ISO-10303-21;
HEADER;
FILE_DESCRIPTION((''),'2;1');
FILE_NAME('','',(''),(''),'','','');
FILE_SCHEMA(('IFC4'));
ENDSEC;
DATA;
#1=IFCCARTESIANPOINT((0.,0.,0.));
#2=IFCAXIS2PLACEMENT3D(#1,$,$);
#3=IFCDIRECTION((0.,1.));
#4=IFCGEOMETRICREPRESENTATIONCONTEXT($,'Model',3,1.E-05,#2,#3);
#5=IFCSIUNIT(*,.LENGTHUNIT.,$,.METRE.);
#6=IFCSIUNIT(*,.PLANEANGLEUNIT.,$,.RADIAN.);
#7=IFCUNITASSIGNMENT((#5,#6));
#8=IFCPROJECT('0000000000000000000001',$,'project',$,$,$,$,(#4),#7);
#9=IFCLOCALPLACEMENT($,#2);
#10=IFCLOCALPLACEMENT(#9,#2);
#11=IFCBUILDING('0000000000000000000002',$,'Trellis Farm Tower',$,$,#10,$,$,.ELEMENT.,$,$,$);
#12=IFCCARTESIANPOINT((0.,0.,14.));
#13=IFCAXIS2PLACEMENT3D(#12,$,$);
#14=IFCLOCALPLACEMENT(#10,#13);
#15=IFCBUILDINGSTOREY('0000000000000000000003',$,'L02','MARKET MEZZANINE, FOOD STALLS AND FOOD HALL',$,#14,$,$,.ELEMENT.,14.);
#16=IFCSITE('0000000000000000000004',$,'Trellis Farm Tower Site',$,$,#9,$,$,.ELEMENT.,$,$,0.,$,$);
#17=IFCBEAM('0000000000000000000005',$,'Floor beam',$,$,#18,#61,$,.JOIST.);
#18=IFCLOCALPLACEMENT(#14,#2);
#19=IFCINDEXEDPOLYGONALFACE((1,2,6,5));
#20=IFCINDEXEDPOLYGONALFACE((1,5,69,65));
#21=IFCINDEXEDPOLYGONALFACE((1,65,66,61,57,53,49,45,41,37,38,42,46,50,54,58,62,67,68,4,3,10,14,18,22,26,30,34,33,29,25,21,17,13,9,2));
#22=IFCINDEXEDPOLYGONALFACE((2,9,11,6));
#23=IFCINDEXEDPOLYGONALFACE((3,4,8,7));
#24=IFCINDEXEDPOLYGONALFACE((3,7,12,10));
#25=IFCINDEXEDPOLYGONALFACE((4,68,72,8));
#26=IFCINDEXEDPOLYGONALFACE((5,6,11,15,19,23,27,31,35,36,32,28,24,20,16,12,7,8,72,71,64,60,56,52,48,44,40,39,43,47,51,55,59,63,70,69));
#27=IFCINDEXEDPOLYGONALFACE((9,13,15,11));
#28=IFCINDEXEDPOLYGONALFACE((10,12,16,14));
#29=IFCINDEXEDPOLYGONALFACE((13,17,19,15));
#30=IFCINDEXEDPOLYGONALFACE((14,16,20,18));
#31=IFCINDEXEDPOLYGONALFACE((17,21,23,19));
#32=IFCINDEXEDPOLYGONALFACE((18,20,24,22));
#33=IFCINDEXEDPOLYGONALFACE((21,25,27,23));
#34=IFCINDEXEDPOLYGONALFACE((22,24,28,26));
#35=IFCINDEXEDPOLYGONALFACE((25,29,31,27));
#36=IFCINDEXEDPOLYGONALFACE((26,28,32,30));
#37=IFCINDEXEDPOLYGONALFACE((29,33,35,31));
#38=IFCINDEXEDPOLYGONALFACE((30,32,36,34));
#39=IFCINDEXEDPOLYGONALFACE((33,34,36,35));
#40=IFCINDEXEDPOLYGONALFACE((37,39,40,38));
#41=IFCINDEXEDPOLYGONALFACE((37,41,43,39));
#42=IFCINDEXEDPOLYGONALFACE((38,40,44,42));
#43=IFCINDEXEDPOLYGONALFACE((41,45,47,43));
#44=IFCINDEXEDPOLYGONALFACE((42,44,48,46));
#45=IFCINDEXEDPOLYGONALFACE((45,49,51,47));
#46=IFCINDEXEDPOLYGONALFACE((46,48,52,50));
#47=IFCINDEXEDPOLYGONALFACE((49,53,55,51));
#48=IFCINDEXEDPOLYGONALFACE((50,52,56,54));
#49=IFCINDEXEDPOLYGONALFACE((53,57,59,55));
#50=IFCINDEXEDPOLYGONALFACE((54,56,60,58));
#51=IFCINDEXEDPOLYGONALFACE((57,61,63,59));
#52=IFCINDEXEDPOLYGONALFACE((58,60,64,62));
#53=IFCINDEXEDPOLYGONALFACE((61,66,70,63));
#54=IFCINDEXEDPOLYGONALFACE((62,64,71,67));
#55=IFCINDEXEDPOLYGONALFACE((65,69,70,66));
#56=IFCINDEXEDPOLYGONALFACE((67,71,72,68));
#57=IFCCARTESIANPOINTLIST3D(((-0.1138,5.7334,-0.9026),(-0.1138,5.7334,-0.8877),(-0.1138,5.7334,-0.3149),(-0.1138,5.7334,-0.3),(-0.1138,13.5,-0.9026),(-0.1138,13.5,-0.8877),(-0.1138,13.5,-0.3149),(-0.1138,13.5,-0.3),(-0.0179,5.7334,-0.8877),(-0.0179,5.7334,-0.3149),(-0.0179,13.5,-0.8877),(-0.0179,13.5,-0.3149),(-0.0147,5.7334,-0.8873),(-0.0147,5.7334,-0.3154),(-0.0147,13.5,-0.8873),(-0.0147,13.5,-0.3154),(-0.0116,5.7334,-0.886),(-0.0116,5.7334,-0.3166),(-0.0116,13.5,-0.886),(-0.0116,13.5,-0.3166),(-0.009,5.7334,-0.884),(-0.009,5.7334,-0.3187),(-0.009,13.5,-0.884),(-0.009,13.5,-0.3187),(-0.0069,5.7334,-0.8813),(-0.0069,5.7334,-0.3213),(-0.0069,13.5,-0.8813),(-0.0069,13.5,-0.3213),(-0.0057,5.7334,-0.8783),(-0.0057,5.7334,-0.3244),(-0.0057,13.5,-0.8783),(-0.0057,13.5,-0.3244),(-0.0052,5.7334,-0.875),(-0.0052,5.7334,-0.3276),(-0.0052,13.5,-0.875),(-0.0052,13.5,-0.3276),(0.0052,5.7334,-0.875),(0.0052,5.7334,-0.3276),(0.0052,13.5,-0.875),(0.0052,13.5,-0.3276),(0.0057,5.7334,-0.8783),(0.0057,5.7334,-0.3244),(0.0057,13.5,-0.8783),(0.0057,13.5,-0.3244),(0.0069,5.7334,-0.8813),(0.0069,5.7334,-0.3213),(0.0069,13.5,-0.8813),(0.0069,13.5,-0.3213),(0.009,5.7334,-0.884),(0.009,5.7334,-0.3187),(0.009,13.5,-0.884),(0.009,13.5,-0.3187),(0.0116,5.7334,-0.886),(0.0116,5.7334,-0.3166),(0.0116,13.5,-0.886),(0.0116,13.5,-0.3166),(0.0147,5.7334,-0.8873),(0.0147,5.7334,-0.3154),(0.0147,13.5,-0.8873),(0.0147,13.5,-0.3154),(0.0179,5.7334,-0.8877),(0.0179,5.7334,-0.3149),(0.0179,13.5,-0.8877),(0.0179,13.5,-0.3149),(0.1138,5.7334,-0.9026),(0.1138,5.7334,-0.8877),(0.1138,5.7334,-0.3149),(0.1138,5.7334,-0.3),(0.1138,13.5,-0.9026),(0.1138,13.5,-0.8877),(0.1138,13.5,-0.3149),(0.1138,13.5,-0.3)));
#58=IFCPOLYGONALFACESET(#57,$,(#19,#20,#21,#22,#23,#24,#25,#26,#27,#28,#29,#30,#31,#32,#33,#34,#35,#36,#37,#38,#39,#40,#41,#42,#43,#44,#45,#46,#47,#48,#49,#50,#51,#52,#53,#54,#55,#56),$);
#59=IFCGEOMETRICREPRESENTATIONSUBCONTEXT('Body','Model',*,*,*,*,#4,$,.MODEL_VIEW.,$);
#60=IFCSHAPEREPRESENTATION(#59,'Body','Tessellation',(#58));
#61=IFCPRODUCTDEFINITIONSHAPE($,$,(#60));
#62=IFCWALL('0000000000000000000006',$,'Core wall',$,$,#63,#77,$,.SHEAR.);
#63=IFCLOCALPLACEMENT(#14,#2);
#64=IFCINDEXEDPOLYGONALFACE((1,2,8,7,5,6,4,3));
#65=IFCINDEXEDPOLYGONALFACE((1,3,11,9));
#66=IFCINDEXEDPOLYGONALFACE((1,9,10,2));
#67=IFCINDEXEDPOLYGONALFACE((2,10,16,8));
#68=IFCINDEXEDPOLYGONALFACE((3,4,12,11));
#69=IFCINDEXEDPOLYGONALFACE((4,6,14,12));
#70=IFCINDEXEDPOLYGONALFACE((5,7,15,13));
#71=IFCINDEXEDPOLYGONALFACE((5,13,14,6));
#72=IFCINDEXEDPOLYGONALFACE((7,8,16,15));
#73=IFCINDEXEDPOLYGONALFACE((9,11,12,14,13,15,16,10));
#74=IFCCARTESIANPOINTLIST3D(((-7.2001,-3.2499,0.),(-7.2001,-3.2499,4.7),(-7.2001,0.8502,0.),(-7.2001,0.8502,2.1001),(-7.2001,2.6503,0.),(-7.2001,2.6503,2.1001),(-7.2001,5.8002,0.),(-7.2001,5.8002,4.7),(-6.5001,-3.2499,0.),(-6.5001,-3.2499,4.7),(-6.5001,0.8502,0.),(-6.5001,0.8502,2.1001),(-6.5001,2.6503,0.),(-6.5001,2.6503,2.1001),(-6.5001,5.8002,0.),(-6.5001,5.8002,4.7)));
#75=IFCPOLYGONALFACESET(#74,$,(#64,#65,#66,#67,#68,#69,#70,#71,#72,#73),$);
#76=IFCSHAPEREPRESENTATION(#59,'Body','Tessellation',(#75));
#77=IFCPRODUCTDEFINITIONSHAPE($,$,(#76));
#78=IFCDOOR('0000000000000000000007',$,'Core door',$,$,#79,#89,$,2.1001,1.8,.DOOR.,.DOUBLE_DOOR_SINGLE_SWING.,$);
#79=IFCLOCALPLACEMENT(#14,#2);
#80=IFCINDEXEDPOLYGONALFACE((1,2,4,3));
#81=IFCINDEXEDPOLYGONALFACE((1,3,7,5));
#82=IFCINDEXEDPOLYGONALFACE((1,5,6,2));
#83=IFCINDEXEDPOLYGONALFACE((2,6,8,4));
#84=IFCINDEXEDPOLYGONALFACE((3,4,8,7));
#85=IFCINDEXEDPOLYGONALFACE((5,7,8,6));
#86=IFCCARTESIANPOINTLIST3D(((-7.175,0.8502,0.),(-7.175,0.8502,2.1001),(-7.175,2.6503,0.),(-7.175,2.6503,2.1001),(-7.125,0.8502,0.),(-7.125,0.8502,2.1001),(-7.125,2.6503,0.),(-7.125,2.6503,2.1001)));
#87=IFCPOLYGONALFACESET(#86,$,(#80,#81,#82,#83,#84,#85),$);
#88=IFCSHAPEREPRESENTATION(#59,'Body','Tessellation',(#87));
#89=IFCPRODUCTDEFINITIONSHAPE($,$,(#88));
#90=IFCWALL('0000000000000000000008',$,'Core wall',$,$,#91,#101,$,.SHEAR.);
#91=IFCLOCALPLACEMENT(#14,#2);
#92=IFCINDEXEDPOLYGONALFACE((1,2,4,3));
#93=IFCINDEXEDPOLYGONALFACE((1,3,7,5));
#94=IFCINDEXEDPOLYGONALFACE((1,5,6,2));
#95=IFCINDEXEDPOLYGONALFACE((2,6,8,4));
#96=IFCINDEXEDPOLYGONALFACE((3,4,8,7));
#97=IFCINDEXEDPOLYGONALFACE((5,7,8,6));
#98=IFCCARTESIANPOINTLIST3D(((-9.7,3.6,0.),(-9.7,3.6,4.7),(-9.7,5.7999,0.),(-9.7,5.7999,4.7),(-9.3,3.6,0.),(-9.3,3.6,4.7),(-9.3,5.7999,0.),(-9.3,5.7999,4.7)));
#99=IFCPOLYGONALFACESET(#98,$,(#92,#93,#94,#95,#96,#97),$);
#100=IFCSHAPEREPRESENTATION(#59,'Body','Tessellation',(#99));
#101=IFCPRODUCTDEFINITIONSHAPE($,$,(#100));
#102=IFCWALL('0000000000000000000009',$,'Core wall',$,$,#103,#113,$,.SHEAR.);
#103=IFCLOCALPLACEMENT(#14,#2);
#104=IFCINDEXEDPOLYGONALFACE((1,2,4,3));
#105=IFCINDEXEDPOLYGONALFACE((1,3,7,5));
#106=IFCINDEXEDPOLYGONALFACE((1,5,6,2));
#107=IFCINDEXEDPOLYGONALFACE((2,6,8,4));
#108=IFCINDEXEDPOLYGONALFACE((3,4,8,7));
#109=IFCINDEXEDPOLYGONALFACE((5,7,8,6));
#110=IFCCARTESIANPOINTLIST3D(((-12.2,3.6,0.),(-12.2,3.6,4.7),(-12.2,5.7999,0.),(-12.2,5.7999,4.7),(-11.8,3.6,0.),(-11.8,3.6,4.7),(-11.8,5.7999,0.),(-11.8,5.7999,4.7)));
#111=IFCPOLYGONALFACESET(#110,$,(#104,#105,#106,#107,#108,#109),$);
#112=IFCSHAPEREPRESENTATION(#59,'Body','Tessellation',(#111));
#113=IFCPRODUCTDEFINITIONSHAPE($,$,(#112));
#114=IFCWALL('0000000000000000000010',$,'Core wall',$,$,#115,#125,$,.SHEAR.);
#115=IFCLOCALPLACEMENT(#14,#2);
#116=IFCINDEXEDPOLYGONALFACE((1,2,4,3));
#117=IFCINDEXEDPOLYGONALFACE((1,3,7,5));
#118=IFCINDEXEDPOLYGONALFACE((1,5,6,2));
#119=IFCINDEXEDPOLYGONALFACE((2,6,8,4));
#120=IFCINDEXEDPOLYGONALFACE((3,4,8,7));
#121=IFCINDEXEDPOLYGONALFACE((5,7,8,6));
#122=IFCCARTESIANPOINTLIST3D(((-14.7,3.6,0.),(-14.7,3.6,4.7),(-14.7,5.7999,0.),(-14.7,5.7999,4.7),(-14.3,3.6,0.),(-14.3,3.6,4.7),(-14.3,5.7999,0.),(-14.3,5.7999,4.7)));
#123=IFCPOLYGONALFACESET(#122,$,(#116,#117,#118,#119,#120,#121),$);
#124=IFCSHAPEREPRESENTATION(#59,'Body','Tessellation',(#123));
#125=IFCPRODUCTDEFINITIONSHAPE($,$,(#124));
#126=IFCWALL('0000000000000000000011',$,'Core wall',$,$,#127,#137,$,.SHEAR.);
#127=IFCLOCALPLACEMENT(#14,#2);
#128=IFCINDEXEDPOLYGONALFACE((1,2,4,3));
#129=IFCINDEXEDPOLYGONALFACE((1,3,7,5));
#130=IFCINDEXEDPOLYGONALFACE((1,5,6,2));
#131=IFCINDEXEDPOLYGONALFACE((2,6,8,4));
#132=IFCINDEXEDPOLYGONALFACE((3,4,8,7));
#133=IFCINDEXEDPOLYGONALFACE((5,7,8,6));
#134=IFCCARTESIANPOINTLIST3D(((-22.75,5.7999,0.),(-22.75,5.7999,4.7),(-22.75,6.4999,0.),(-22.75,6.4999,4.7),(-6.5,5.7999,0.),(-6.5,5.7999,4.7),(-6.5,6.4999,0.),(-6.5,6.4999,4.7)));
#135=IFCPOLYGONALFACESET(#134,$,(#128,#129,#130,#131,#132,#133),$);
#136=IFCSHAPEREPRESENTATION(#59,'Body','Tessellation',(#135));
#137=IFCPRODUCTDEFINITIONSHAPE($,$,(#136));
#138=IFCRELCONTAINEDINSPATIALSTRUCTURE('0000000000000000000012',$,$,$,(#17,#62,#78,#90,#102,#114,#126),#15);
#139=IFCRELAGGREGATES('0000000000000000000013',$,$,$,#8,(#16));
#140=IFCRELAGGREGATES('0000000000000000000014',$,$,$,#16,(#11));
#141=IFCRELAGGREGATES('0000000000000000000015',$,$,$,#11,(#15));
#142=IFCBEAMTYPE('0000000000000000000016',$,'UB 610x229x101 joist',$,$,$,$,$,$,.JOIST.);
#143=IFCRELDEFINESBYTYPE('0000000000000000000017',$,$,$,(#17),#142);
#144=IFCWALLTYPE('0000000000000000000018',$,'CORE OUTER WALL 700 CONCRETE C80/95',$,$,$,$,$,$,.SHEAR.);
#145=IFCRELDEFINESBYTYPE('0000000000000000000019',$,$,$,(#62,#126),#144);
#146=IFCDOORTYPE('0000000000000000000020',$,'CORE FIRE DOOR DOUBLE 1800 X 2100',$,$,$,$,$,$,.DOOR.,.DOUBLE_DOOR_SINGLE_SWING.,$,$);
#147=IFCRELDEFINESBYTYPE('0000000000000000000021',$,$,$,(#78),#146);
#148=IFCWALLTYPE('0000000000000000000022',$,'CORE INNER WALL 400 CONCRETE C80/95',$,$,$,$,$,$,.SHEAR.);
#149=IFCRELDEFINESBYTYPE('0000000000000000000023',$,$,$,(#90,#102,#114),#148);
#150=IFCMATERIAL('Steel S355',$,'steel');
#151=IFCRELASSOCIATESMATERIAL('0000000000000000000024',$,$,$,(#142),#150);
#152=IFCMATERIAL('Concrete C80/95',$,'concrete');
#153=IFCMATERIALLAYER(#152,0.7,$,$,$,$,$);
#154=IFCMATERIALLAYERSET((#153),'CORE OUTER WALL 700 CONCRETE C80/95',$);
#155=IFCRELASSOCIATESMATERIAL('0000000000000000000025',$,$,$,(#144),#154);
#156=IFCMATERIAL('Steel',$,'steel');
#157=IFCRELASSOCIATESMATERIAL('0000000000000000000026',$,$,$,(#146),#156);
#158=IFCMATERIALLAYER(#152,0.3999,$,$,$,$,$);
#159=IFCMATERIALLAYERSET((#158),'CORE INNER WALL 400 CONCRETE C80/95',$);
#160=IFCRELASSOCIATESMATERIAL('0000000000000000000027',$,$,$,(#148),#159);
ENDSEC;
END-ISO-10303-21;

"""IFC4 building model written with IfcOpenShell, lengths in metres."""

from ifc_helpers import new_model, si_unit, direction, frame, frame_2d, origin, origin_2d, place, context, subcontext, project, spatial, rectangle, i_section, extrude, source, transform, mapped, material, layer, layer_set, material_profile, profile_set, type_object, element, fill, save


model = new_model("IFC4")

# Units and contexts
model_context = context("Model", 3, precision=1e-05, world=origin(), true_north=direction((0.0, 1.0)))
body_context = subcontext(model_context, "Body", "Model", "MODEL_VIEW")
ifc_project = project(units=[si_unit("LENGTHUNIT", "METRE"), si_unit("PLANEANGLEUNIT", "RADIAN")], contexts=[model_context])

# Site, building, storey
site_placement = place(None, origin())
site = spatial("IfcSite", under=ifc_project, at=site_placement, Name="Trellis Farm Tower Site", CompositionType="ELEMENT", RefElevation=0.0)
building_placement = place(site_placement, origin())
building = spatial("IfcBuilding", under=site, at=building_placement, Name="Trellis Farm Tower", CompositionType="ELEMENT")
storey_placement = place(building_placement, frame((0.0, 0.0, 14.0)))
storey = spatial("IfcBuildingStorey", under=building, at=storey_placement, Name="L02", Description="MARKET MEZZANINE, FOOD STALLS AND FOOD HALL", CompositionType="ELEMENT", Elevation=14.0)

# Shared definitions
ifc_material_1 = material(Name="Concrete C80/95", Category="concrete")

# Beam
ifc_material_2 = material(Name="Steel S355", Category="steel")
ifc_material_profile_1 = material_profile(ifc_material_2, i_section(OverallWidth=0.2275, OverallDepth=0.6025, WebThickness=0.0105, FlangeThickness=0.0149, FilletRadius=0.0127, at=origin_2d()), Name="UB 610x229x101")
ifc_profile_set_1 = profile_set([ifc_material_profile_1], Name="Steel S355")
beam_type_1 = type_object("IfcBeamType", Name="UB 610x229x101 joist", PredefinedType="JOIST", material=ifc_profile_set_1)
shared_shape_1 = source(origin(), body_context, "Body", "SweptSolid", [
    extrude(i_section(OverallWidth=0.2275, OverallDepth=0.6025, WebThickness=0.0105, FlangeThickness=0.0149, FilletRadius=0.0127, at=origin_2d()), origin(), (0.0, 0.0, 1.0), 7.7666),
])
beam_1_placement = place(storey_placement, frame((0.0, 5.7334, -0.6013), z_axis=(0.0, 1.0, 0.0), x_axis=(-1.0, 0.0, 0.0)))
element("IfcBeam", 1, at=beam_1_placement, inside=storey, type_object=beam_type_1, Name="Floor beam", PredefinedType="JOIST", context=body_context, shape_type="MappedRepresentation", body=[
    mapped(shared_shape_1, transform((0.0, 0.0, 0.0))),
])

# Wall, opening, door
ifc_layer_1 = layer(ifc_material_1, 0.7)
ifc_layer_set_1 = layer_set([ifc_layer_1], Name="CORE OUTER WALL 700 CONCRETE C80/95")
wall_type_1 = type_object("IfcWallType", Name="CORE OUTER WALL 700 CONCRETE C80/95", PredefinedType="SHEAR", material=ifc_layer_set_1)
shared_shape_2 = source(origin(), body_context, "Body", "SweptSolid", [
    extrude(rectangle(XDim=9.05, YDim=0.7, at=frame_2d((4.5249, 0.0))), origin(), (0.0, 0.0, 1.0), 4.7),
])
wall_1_placement = place(storey_placement, frame((-6.8501, 5.8, 0.0), z_axis=(0.0, 0.0, 1.0), x_axis=(0.0, -1.0, 0.0)))
wall_1 = element("IfcWall", 2, at=wall_1_placement, inside=storey, type_object=wall_type_1, Name="Core wall", PredefinedType="SHEAR", context=body_context, shape_type="MappedRepresentation", body=[
    mapped(shared_shape_2, transform((0.0, 0.0, 0.0))),
])
shared_shape_3 = source(origin(), body_context, "Body", "SweptSolid", [
    extrude(rectangle(XDim=1.8, YDim=2.1001, at=frame_2d((0.8999, 1.05))), frame((0.0, 0.3601, 0.0), z_axis=(0.0, -1.0, 0.0), x_axis=(1.0, 0.0, 0.0)), (0.0, 0.0, 1.0), 0.7202),
])
opening_1_placement = place(wall_1_placement, frame((3.1499, 0.0, 0.0)))
opening_1 = element("IfcOpeningElement", 3, at=opening_1_placement, cuts=wall_1, PredefinedType="OPENING", context=body_context, shape_type="MappedRepresentation", body=[
    mapped(shared_shape_3, transform((0.0, 0.0, 0.0))),
])
ifc_material_3 = material(Name="Steel", Category="steel")
door_type_1 = type_object("IfcDoorType", Name="CORE FIRE DOOR DOUBLE 1800 X 2100", OperationType="DOUBLE_DOOR_SINGLE_SWING", PredefinedType="DOOR", material=ifc_material_3)
shared_shape_4 = source(origin(), body_context, "Body", "SweptSolid", [
    extrude(rectangle(XDim=1.8, YDim=2.1001, at=frame_2d((0.8999, 1.05))), frame((0.0, -0.2749, 0.0), z_axis=(0.0, -1.0, 0.0), x_axis=(1.0, 0.0, 0.0)), (0.0, 0.0, 1.0), 0.05),
])
door_1_placement = place(opening_1_placement, origin())
door_1 = element("IfcDoor", 4, at=door_1_placement, inside=storey, type_object=door_type_1, Name="Core door", OperationType="DOUBLE_DOOR_SINGLE_SWING", OverallHeight=2.1001, OverallWidth=1.8, PredefinedType="DOOR", context=body_context, shape_type="MappedRepresentation", body=[
    mapped(shared_shape_4, transform((0.0, 0.0, 0.0))),
])
fill(opening_1, door_1)

# Walls
ifc_layer_2 = layer(ifc_material_1, 0.3999)
ifc_layer_set_2 = layer_set([ifc_layer_2], Name="CORE INNER WALL 400 CONCRETE C80/95")
wall_type_2 = type_object("IfcWallType", Name="CORE INNER WALL 400 CONCRETE C80/95", PredefinedType="SHEAR", material=ifc_layer_set_2)
shared_shape_5 = source(origin(), body_context, "Body", "SweptSolid", [
    extrude(rectangle(XDim=2.2, YDim=0.3999, at=frame_2d((1.1001, 0.0))), origin(), (0.0, 0.0, 1.0), 4.7),
])
for number, where, z_axis, x_axis, name in (
    (5, (-9.5, 5.8, 0.0), (0.0, 0.0, 1.0), (0.0, -1.0, 0.0), "Core wall"),
    (6, (-12.0, 5.8, 0.0), (0.0, 0.0, 1.0), (0.0, -1.0, 0.0), "Core wall"),
    (7, (-14.5, 5.8, 0.0), (0.0, 0.0, 1.0), (0.0, -1.0, 0.0), "Core wall"),
):
    element("IfcWall", number, at=place(storey_placement, frame(where, z_axis=z_axis, x_axis=x_axis)), inside=storey, type_object=wall_type_2, Name=name, PredefinedType="SHEAR", context=body_context, shape_type="MappedRepresentation", body=[
        mapped(shared_shape_5, transform((0.0, 0.0, 0.0))),
    ])
shared_shape_6 = source(origin(), body_context, "Body", "SweptSolid", [
    extrude(rectangle(XDim=16.25, YDim=0.7, at=frame_2d((8.125, 0.0))), origin(), (0.0, 0.0, 1.0), 4.7),
])
wall_2_placement = place(storey_placement, frame((-6.5, 6.1499, 0.0), z_axis=(0.0, 0.0, 1.0), x_axis=(-1.0, 0.0, 0.0)))
element("IfcWall", 8, at=wall_2_placement, inside=storey, type_object=wall_type_1, Name="Core wall", PredefinedType="SHEAR", context=body_context, shape_type="MappedRepresentation", body=[
    mapped(shared_shape_6, transform((0.0, 0.0, 0.0))),
])

save(model, "model.ifc")
